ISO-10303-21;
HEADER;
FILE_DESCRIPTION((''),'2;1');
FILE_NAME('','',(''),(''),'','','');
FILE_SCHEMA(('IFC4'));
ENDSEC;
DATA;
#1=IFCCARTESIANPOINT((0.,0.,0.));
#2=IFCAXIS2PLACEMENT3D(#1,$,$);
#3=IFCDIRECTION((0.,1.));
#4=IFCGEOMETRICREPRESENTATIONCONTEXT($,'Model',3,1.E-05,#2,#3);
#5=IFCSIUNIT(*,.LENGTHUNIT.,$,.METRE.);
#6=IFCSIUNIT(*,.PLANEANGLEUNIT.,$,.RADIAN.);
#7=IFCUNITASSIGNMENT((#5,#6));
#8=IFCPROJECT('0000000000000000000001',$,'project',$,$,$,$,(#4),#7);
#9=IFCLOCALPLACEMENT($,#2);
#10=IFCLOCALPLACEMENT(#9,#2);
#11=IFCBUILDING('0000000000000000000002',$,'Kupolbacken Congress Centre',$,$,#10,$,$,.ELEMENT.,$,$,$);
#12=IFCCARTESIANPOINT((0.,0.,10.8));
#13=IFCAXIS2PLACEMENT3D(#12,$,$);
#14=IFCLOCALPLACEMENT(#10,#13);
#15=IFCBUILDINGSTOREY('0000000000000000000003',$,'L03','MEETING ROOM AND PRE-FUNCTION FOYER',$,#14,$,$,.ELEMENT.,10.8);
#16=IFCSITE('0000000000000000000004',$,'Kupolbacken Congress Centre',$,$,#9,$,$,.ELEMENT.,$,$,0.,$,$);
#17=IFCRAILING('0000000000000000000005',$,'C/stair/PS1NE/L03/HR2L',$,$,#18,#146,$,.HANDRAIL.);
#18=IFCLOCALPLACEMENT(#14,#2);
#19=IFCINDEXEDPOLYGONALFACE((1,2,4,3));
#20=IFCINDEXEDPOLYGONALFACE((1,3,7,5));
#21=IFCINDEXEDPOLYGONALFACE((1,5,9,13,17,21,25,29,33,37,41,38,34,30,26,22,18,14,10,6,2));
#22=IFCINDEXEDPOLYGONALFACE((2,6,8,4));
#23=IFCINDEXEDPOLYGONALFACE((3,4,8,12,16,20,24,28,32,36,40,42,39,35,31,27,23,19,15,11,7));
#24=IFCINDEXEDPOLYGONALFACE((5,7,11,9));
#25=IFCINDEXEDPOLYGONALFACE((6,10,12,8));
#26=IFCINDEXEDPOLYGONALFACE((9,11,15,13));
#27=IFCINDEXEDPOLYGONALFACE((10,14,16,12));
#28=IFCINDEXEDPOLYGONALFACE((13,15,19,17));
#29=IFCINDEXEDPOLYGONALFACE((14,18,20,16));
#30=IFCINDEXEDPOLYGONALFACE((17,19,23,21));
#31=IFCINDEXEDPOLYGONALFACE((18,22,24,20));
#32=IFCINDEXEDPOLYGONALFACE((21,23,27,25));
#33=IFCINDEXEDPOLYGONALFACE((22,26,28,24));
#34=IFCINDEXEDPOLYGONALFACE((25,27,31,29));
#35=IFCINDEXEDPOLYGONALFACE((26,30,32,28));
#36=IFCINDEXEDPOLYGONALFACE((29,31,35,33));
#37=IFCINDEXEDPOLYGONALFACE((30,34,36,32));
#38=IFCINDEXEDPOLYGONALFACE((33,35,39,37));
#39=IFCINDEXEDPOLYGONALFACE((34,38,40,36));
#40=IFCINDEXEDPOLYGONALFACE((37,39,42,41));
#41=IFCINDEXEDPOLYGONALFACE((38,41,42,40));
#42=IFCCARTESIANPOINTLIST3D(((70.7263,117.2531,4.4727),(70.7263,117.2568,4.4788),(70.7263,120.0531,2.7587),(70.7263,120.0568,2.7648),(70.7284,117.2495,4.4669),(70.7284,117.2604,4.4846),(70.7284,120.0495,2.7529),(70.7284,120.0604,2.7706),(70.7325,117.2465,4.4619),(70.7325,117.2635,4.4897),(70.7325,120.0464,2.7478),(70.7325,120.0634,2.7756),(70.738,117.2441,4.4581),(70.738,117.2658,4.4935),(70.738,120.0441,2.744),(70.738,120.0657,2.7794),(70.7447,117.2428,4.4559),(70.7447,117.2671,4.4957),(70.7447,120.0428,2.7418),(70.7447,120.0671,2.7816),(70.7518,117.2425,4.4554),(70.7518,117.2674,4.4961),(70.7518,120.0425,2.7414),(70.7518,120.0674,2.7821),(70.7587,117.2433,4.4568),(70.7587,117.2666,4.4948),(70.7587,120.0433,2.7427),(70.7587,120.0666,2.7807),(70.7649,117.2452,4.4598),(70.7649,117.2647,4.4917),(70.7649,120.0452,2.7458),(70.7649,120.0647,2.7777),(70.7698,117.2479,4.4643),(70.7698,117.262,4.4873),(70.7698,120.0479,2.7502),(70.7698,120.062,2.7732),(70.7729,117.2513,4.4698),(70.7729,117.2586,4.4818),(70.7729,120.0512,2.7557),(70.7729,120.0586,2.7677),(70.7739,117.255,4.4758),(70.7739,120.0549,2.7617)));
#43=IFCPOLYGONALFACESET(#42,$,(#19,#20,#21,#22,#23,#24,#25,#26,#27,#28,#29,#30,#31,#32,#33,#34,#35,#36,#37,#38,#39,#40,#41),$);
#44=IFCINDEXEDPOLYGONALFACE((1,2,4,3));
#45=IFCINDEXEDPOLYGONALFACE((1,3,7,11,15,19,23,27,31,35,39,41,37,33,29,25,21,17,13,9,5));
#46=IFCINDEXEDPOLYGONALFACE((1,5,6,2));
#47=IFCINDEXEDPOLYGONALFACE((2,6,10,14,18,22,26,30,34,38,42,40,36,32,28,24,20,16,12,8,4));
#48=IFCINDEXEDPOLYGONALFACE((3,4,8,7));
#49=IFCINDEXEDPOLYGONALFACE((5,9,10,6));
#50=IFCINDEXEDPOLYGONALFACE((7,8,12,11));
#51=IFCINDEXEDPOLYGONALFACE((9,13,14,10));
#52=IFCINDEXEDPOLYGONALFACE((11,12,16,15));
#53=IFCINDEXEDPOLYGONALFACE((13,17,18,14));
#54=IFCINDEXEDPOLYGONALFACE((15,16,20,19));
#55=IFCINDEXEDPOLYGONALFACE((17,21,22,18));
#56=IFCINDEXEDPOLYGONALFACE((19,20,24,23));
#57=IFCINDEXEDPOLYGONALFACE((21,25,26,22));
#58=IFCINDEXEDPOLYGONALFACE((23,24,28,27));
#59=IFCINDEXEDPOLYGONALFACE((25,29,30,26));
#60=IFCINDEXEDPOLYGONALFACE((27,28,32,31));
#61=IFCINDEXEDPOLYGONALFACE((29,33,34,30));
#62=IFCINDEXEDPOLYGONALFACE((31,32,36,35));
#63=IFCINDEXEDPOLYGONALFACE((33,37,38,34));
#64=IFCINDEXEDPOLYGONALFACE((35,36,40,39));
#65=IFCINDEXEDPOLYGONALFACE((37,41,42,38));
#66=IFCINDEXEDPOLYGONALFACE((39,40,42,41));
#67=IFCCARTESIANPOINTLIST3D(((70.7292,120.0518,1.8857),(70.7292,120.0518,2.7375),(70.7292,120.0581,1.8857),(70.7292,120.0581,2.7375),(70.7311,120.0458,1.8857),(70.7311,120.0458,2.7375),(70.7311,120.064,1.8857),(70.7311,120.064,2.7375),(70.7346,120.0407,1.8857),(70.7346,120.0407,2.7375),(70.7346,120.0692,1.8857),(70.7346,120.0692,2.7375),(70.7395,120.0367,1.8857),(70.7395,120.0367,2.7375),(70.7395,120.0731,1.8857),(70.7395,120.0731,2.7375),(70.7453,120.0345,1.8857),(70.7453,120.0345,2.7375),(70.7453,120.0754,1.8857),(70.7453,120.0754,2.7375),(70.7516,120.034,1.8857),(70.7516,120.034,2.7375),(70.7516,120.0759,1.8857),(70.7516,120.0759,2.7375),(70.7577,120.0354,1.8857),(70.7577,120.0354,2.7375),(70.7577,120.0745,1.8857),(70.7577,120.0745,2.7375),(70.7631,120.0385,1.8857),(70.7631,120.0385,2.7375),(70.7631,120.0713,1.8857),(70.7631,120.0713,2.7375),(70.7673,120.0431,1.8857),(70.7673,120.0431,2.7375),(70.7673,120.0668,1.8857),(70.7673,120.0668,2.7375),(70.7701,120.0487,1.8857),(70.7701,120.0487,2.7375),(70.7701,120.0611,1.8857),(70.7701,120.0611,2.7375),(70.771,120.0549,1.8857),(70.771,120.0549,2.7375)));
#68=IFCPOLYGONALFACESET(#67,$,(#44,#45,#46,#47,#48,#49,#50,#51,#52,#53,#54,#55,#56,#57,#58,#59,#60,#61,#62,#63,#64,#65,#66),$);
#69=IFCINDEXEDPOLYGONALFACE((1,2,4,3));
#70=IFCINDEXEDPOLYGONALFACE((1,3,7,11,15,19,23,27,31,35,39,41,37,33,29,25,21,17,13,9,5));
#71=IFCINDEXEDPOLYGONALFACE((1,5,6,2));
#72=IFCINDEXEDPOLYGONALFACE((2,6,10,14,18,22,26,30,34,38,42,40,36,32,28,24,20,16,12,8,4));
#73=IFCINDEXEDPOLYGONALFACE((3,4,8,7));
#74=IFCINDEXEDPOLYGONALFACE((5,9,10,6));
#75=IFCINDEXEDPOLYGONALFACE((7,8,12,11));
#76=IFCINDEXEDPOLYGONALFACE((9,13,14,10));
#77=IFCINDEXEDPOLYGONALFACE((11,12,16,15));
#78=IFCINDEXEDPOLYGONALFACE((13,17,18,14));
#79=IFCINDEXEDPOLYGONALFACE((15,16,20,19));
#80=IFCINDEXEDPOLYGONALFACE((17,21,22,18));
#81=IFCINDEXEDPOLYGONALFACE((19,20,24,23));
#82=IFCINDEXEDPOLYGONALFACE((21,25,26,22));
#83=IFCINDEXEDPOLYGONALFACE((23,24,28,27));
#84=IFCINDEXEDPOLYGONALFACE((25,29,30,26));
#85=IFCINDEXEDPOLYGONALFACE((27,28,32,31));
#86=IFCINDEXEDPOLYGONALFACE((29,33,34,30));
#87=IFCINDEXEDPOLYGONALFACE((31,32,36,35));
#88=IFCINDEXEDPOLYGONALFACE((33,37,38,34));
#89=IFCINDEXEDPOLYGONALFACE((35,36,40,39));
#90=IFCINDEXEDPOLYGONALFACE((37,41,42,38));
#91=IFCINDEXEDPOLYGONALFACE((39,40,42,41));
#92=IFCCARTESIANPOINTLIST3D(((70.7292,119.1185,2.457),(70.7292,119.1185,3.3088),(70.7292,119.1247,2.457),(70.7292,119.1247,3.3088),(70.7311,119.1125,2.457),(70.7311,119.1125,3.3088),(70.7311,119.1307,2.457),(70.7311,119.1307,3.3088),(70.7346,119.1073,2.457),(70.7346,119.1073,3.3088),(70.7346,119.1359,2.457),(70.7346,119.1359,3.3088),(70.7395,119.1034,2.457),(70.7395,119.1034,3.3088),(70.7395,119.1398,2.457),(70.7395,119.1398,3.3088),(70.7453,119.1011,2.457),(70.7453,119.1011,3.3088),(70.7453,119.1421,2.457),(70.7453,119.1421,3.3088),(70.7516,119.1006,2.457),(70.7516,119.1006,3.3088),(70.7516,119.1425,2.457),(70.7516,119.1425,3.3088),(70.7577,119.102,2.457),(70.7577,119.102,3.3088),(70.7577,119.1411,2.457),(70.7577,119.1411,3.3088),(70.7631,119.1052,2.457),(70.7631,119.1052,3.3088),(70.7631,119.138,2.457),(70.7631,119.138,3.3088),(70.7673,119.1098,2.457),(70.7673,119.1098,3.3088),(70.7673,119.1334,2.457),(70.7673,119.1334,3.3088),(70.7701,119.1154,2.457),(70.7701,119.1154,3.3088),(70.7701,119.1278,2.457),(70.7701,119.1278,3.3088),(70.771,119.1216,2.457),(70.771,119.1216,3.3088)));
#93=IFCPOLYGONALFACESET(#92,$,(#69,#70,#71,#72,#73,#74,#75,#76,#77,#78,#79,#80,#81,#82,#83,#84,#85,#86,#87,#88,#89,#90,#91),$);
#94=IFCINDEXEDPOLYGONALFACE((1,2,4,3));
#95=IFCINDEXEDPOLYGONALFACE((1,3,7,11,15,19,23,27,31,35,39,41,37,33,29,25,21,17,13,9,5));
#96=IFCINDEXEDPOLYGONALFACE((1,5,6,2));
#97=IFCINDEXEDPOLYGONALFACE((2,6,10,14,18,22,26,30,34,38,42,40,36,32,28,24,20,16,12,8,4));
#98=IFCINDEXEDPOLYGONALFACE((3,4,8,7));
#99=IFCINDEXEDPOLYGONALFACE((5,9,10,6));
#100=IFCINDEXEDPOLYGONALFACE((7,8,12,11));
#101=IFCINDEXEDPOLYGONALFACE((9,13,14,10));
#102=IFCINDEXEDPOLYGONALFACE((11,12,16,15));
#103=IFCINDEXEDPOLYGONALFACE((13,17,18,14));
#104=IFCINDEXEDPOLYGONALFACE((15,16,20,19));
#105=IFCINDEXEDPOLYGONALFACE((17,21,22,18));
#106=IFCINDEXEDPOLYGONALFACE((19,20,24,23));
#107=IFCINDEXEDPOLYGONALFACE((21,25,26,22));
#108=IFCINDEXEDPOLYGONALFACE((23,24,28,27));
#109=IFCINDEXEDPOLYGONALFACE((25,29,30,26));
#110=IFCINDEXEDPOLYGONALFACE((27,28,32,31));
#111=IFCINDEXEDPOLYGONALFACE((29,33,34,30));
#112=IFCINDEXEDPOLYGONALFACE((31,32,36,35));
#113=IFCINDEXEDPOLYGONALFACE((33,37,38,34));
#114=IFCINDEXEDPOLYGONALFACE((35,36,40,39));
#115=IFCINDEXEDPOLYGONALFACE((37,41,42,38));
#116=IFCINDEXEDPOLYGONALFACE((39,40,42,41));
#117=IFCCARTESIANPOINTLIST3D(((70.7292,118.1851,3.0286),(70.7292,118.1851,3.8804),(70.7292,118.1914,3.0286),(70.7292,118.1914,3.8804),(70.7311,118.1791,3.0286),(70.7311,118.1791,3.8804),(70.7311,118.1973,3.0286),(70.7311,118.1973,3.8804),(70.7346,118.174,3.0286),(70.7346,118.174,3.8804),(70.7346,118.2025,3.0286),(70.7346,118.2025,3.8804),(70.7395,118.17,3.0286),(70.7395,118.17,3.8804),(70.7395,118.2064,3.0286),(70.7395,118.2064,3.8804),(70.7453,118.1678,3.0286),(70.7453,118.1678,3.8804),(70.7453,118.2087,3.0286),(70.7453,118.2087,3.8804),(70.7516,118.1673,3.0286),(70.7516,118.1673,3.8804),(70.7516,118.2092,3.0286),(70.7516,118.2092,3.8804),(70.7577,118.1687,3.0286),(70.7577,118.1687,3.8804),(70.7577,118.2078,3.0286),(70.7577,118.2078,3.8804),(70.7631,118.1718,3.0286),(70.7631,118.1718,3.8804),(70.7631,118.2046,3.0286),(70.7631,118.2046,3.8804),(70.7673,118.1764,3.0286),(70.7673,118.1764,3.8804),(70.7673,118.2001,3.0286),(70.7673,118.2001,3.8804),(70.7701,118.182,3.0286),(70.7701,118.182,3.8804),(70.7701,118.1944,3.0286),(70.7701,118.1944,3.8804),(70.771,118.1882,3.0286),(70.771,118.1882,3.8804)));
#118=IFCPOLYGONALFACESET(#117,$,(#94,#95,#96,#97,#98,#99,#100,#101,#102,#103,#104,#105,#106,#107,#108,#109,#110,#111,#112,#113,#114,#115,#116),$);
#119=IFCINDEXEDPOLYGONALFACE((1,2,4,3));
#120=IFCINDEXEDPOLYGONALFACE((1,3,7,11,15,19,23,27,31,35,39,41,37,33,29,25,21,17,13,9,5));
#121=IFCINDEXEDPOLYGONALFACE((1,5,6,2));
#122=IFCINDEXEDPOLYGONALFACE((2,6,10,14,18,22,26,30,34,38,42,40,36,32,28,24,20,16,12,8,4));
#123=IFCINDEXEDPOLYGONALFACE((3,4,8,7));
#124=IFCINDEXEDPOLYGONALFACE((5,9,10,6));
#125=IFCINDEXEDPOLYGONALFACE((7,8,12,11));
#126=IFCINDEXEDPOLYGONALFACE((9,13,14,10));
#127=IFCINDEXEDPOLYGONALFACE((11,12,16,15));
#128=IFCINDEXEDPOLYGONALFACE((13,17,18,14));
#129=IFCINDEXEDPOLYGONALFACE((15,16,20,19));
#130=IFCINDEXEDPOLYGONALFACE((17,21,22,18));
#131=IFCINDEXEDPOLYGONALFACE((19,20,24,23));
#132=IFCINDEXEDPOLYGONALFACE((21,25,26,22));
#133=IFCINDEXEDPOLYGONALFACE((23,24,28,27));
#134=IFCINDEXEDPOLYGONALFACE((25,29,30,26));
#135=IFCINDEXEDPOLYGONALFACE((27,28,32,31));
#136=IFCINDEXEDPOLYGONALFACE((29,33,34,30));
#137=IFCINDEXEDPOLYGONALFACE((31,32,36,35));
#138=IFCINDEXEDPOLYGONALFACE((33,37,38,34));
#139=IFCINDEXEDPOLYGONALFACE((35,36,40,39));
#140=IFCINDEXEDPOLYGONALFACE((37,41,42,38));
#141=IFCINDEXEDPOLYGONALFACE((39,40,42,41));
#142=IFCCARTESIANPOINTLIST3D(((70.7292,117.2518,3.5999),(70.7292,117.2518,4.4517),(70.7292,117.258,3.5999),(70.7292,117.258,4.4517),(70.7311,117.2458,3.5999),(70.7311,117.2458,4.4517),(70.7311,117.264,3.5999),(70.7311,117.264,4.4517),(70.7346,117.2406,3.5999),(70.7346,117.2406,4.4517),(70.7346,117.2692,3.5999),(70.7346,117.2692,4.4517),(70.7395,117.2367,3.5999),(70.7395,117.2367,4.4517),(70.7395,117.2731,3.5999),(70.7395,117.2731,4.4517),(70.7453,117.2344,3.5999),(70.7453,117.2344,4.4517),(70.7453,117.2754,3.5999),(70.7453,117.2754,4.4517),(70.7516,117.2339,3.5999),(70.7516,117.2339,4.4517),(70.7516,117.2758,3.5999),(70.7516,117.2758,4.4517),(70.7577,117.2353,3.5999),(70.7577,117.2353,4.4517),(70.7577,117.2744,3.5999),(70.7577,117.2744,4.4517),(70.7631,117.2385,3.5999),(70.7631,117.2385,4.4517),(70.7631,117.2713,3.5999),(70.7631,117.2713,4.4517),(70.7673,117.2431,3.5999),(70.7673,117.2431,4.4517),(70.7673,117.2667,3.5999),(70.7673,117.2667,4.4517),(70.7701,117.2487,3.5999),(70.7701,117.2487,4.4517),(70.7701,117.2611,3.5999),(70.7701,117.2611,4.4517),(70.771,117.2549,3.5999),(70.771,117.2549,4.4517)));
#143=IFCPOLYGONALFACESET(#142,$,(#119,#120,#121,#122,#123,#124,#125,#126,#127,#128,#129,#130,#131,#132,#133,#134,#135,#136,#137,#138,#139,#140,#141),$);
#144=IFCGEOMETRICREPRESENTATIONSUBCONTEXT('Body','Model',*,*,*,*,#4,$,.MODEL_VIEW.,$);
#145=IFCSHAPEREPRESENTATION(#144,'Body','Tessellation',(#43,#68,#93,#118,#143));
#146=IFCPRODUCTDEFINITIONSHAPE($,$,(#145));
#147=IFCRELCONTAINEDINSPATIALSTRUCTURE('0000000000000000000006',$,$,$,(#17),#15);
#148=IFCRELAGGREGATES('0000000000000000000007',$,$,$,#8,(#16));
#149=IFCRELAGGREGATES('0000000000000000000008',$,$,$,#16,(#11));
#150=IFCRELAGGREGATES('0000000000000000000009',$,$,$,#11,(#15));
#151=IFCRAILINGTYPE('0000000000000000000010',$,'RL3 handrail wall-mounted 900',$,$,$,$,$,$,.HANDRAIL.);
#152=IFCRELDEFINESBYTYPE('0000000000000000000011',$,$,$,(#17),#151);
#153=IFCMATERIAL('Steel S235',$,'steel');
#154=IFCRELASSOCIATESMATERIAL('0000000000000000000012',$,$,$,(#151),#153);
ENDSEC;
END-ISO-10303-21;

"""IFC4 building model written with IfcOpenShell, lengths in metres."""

from ifc_helpers import new_model, si_unit, direction, frame, origin, origin_2d, place, context, subcontext, project, spatial, circle, extrude, material, type_object, element, save


model = new_model("IFC4")

# Units and contexts
model_context = context("Model", 3, precision=1e-05, world=origin(), true_north=direction((0.0, 1.0)))
body_context = subcontext(model_context, "Body", "Model", "MODEL_VIEW")
ifc_project = project(units=[si_unit("LENGTHUNIT", "METRE"), si_unit("PLANEANGLEUNIT", "RADIAN")], contexts=[model_context])

# Site, building, storey
site_placement = place(None, origin())
site = spatial("IfcSite", under=ifc_project, at=site_placement, Name="Kupolbacken Congress Centre", CompositionType="ELEMENT", RefElevation=0.0)
building_placement = place(site_placement, origin())
building = spatial("IfcBuilding", under=site, at=building_placement, Name="Kupolbacken Congress Centre", CompositionType="ELEMENT")
storey_placement = place(building_placement, frame((0.0, 0.0, 10.8)))
storey = spatial("IfcBuildingStorey", under=building, at=storey_placement, Name="L03", Description="MEETING ROOM AND PRE-FUNCTION FOYER", CompositionType="ELEMENT", Elevation=10.8)

# Railing
ifc_material_1 = material(Name="Steel S235", Category="steel")
railing_type = type_object("IfcRailingType", Name="RL3 handrail wall-mounted 900", PredefinedType="HANDRAIL", material=ifc_material_1)
for number, where, name in (
    (1, (70.75, 120.0549, 1.8857), "C/stair/PS1NE/L03/HR2L"),
):
    element("IfcRailing", number, at=place(storey_placement, frame(where)), inside=storey, type_object=railing_type, Name=name, PredefinedType="HANDRAIL", context=body_context, shape_type="SweptSolid", body=[
        extrude(circle(Radius=0.0239, at=origin_2d()), frame((0.0, 0.0, 0.876), z_axis=(0.0, -0.852879, 0.522109), x_axis=(1.0, 0.0, 0.0)), (0.0, 0.0, 1.0), 3.283),
        extrude(circle(Radius=0.021, at=origin_2d()), origin(), (0.0, 0.0, 1.0), 0.8518),
        extrude(circle(Radius=0.021, at=origin_2d()), frame((0.0, -0.9333, 0.5713)), (0.0, 0.0, 1.0), 0.8518),
        extrude(circle(Radius=0.021, at=origin_2d()), frame((0.0, -1.8667, 1.1428)), (0.0, 0.0, 1.0), 0.8518),
        extrude(circle(Radius=0.021, at=origin_2d()), frame((0.0, -2.8, 1.7141)), (0.0, 0.0, 1.0), 0.8518),
    ])

save(model, "model.ifc")
